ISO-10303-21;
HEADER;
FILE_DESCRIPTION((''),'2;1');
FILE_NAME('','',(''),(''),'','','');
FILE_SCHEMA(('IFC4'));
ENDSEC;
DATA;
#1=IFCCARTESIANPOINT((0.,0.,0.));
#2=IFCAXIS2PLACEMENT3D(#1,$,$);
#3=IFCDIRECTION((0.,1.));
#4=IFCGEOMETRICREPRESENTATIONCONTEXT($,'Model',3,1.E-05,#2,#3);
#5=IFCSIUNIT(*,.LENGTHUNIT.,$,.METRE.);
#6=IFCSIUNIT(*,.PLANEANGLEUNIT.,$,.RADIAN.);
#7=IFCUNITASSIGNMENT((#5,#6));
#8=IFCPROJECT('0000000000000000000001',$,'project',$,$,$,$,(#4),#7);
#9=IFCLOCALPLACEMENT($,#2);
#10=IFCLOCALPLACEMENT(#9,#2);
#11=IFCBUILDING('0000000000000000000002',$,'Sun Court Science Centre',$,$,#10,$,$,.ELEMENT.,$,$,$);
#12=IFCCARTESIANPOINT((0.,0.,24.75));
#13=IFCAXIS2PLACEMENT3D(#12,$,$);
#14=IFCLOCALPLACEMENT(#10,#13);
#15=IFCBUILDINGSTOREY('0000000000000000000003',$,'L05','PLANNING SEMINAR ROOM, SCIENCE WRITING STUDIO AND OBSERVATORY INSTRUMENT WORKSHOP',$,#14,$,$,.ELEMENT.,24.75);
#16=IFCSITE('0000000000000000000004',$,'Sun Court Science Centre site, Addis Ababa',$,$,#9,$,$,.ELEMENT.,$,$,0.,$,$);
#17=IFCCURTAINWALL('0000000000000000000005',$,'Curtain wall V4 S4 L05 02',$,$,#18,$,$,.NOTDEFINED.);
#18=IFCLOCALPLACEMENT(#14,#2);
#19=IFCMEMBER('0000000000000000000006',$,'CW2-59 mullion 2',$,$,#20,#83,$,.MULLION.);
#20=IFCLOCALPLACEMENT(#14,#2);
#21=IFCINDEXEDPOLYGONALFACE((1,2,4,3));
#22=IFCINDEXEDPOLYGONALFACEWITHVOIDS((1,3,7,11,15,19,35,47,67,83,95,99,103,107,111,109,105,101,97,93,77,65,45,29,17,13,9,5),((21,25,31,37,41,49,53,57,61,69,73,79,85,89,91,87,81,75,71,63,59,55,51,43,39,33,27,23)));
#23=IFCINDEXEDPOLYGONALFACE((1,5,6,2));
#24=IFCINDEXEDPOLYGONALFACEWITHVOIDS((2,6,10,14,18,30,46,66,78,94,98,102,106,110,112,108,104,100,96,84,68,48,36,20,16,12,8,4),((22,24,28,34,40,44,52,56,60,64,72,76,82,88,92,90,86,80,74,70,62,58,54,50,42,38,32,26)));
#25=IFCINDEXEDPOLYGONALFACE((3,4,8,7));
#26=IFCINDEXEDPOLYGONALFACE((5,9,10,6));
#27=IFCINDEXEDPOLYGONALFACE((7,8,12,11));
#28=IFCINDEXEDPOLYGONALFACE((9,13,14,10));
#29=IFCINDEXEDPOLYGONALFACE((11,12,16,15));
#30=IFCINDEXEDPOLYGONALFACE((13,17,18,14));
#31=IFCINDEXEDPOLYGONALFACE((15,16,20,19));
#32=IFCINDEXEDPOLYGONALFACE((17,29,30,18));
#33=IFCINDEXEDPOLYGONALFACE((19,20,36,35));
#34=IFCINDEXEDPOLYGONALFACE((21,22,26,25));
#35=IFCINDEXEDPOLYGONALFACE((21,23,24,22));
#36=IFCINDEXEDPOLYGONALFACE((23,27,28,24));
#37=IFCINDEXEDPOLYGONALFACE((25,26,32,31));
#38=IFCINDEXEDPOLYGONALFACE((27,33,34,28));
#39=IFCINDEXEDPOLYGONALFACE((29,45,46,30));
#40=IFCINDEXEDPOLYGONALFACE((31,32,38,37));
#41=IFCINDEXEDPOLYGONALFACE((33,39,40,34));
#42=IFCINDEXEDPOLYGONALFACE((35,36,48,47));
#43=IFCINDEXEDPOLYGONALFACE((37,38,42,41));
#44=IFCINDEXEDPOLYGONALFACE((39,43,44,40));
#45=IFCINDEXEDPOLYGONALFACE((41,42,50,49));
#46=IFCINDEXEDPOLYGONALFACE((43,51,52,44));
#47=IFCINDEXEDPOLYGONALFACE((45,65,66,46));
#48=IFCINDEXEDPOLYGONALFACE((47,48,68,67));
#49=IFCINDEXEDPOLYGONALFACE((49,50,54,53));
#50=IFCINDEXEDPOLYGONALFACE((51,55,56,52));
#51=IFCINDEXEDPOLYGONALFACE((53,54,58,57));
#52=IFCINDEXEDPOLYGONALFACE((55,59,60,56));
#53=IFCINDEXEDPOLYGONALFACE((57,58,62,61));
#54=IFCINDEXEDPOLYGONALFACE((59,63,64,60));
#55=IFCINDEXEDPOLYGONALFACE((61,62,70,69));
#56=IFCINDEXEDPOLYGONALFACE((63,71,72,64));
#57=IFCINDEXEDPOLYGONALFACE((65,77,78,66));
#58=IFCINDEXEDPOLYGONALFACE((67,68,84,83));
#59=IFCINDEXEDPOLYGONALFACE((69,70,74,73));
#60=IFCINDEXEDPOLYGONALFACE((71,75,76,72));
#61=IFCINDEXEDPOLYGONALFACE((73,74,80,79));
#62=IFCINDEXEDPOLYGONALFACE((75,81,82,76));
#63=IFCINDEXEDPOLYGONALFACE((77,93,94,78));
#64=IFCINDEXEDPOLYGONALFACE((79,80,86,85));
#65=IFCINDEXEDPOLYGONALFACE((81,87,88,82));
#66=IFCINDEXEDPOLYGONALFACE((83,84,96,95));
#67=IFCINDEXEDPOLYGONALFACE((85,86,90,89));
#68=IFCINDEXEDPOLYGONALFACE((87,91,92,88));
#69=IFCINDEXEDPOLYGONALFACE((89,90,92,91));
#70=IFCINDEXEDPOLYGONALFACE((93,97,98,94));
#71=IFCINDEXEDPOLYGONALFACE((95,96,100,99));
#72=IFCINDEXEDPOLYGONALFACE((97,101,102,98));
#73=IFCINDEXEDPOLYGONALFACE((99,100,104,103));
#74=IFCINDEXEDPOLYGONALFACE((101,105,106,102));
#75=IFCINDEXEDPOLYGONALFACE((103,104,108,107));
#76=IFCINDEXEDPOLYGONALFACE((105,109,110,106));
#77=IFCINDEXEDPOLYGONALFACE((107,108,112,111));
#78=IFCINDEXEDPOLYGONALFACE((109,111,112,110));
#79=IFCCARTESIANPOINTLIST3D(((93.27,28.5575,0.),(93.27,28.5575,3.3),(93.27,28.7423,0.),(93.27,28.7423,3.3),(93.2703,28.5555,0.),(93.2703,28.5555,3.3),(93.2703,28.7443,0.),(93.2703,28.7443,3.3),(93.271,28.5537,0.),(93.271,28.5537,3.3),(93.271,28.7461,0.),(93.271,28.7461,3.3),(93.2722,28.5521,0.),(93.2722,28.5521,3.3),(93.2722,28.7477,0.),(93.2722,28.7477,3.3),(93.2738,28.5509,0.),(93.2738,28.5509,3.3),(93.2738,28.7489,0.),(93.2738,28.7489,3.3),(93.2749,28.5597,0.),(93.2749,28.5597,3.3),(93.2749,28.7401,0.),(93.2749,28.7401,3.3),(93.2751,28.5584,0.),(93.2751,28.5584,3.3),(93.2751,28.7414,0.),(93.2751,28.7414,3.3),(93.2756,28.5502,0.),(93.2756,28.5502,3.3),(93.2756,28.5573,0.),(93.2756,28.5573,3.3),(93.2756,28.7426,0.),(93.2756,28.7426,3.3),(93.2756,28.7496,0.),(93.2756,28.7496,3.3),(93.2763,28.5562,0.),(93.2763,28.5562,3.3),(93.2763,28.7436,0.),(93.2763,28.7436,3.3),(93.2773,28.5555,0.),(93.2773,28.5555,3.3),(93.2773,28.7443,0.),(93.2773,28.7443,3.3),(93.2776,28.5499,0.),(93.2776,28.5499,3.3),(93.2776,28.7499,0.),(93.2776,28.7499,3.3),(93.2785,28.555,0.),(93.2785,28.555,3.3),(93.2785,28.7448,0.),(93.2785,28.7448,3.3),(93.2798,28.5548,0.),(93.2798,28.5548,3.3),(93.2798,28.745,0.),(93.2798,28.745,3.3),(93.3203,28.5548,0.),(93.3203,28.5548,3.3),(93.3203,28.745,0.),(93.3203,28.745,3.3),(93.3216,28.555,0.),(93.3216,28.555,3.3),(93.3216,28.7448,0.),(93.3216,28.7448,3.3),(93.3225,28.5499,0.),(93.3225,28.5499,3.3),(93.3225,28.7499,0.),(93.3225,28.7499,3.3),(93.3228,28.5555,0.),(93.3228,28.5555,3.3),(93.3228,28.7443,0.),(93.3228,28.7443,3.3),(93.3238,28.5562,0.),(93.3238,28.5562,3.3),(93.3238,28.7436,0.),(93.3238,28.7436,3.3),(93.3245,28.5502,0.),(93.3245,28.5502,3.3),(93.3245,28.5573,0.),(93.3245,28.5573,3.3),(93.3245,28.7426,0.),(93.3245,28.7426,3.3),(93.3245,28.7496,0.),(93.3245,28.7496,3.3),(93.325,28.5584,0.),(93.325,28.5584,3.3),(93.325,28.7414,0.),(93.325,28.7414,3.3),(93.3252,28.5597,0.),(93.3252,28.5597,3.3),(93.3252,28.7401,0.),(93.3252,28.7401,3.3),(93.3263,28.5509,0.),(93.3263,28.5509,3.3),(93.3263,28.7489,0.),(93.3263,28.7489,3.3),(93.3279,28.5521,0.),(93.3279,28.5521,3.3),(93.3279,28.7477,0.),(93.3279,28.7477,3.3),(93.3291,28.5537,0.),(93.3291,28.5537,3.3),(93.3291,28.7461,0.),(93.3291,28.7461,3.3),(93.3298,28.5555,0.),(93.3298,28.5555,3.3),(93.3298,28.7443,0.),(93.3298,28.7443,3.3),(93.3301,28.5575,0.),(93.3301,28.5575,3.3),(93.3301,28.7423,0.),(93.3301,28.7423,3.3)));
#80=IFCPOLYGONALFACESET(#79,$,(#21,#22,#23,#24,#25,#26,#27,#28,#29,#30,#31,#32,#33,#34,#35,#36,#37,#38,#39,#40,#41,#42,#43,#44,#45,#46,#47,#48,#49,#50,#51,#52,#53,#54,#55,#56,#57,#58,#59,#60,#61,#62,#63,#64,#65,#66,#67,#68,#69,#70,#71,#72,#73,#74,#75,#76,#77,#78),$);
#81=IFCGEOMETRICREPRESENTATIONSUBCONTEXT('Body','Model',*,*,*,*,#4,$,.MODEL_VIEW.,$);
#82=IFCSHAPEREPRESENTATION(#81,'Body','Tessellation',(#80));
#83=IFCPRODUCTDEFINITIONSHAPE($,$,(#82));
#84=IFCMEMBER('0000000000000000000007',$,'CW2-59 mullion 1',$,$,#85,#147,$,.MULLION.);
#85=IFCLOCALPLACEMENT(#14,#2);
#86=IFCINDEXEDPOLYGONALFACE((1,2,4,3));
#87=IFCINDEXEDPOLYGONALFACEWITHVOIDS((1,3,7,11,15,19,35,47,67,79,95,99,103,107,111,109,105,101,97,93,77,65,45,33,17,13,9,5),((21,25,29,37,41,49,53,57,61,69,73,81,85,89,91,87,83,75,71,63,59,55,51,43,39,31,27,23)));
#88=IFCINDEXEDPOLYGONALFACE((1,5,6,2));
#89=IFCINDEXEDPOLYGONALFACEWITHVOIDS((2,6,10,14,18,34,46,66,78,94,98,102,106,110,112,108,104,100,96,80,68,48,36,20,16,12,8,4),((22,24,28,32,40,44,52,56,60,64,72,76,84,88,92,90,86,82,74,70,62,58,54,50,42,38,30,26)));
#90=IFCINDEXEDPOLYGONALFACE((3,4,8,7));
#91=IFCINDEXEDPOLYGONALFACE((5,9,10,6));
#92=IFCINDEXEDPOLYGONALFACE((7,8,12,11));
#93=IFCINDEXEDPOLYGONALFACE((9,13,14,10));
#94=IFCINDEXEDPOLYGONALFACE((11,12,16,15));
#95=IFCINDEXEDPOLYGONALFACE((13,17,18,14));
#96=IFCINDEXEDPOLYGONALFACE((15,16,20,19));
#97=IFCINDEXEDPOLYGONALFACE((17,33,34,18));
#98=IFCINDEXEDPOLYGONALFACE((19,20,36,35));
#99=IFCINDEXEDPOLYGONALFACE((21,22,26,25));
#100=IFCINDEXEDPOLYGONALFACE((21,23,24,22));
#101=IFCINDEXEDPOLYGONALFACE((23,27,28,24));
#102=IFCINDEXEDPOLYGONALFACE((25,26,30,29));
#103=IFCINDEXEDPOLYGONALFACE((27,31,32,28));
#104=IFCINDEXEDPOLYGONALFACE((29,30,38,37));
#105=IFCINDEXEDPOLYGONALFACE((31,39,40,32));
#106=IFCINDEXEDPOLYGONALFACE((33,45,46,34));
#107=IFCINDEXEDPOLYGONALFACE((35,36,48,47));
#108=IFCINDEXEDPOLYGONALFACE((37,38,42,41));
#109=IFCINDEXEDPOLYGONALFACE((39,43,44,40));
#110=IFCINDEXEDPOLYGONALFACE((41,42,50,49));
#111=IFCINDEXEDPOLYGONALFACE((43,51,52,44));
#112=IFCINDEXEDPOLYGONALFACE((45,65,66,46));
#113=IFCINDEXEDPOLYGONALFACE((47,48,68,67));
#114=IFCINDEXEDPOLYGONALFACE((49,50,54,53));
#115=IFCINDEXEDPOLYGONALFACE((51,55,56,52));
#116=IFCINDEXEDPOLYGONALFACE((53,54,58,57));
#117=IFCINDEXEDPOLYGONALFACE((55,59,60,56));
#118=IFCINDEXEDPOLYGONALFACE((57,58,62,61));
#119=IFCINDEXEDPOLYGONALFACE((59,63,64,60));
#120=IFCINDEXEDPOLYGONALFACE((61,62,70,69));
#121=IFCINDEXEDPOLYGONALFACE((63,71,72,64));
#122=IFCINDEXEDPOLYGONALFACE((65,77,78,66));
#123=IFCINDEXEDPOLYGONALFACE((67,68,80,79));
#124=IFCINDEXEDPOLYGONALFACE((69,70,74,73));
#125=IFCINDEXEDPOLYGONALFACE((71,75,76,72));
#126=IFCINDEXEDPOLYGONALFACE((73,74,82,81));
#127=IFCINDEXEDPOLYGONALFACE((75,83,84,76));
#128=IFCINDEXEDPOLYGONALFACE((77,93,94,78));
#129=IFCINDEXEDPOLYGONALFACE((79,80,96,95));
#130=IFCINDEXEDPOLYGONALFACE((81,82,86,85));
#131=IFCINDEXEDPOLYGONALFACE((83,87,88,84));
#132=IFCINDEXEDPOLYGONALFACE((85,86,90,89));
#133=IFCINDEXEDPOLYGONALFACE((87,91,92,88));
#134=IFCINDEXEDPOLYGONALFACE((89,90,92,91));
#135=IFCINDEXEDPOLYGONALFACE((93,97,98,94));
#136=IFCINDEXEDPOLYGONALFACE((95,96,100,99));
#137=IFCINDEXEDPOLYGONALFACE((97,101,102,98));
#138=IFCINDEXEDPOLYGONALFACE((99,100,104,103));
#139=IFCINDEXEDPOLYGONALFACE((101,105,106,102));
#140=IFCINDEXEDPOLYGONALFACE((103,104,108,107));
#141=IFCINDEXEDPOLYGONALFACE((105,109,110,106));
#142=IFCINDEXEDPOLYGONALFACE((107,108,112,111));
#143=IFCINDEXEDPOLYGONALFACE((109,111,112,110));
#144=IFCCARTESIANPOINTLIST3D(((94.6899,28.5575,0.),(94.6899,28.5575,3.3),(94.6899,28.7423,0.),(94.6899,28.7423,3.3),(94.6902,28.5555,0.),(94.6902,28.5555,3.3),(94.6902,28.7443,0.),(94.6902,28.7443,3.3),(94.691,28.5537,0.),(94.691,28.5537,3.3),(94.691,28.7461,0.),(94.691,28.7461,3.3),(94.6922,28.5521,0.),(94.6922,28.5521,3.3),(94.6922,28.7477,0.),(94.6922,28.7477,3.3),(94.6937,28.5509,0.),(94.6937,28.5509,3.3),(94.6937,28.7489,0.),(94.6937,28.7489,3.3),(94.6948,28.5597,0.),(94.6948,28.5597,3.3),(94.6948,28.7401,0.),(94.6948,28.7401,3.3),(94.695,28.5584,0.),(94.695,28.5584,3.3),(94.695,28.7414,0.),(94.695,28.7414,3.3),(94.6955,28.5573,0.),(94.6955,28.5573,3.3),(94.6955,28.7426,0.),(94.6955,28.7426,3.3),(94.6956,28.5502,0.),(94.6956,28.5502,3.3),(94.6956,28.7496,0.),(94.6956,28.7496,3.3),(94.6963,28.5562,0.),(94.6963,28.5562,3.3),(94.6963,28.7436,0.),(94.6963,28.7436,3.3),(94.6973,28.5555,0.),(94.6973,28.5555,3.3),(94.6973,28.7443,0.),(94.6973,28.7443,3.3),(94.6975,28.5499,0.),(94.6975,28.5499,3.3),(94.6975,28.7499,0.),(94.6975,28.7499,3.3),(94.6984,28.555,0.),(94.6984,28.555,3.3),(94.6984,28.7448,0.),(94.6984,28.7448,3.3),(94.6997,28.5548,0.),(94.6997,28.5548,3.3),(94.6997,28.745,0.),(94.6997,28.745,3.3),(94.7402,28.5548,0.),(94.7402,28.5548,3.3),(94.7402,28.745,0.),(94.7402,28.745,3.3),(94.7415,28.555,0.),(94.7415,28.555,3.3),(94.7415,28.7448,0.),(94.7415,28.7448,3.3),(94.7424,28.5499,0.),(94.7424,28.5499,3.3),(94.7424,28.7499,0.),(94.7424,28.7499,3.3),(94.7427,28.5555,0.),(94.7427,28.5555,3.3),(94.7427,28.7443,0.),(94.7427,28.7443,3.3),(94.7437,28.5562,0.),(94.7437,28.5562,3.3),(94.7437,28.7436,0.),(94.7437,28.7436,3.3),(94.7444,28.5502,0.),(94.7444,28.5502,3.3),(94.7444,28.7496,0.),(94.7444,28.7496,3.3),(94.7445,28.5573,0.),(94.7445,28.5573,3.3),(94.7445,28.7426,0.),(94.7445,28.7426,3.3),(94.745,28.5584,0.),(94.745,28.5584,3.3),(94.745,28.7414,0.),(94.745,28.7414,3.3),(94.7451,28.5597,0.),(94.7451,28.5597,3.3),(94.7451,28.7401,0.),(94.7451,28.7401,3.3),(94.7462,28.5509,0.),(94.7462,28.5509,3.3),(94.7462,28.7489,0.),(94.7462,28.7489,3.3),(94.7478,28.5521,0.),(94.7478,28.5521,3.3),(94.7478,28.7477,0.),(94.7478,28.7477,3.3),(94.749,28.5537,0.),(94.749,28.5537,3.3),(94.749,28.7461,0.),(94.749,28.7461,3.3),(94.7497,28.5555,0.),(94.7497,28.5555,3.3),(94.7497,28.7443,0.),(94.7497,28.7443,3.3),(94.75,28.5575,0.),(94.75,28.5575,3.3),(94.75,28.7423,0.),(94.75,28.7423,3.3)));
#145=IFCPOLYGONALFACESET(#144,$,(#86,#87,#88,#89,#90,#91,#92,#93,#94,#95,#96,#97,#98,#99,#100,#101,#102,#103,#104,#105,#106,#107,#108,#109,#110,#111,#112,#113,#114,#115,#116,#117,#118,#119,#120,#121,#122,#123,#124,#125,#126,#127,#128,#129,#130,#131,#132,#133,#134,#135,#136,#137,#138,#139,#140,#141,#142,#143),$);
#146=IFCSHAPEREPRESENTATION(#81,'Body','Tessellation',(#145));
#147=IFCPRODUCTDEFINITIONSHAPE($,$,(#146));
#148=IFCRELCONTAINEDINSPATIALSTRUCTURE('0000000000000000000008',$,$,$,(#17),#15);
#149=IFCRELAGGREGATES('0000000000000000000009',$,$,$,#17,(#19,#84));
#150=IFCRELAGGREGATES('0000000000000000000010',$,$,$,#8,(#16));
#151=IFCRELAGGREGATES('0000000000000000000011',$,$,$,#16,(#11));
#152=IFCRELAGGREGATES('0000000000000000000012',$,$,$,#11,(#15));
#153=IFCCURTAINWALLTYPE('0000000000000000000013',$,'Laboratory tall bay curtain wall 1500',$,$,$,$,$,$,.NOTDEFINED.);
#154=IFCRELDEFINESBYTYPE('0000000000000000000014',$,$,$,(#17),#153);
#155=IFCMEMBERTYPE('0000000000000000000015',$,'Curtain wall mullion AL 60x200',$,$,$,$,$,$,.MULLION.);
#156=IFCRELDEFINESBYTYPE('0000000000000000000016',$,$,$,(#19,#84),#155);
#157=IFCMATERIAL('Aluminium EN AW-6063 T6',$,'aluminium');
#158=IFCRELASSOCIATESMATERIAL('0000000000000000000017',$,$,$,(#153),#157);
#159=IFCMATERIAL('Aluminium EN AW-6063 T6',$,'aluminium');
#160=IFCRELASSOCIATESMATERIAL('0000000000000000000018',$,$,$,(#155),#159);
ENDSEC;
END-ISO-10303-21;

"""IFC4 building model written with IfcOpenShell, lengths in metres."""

from ifc_helpers import new_model, si_unit, direction, frame, origin, origin_2d, place, context, subcontext, project, spatial, hollow_rectangle, extrude, material, material_profile, profile_set, type_object, element, aggregate, save


model = new_model("IFC4")

# Units and contexts
model_context = context("Model", 3, precision=1e-05, world=origin(), true_north=direction((0.0, 1.0)))
body_context = subcontext(model_context, "Body", "Model", "MODEL_VIEW")
ifc_project = project(units=[si_unit("LENGTHUNIT", "METRE"), si_unit("PLANEANGLEUNIT", "RADIAN")], contexts=[model_context])

# Site, building, storey
site_placement = place(None, origin())
site = spatial("IfcSite", under=ifc_project, at=site_placement, Name="Sun Court Science Centre site, Addis Ababa", CompositionType="ELEMENT", RefElevation=0.0)
building_placement = place(site_placement, origin())
building = spatial("IfcBuilding", under=site, at=building_placement, Name="Sun Court Science Centre", CompositionType="ELEMENT")
storey_placement = place(building_placement, frame((0.0, 0.0, 24.75)))
storey = spatial("IfcBuildingStorey", under=building, at=storey_placement, Name="L05", Description="PLANNING SEMINAR ROOM, SCIENCE WRITING STUDIO AND OBSERVATORY INSTRUMENT WORKSHOP", CompositionType="ELEMENT", Elevation=24.75)

# Curtain wall, members
ifc_material_1 = material(Name="Aluminium EN AW-6063 T6", Category="aluminium")
curtain_wall_type = type_object("IfcCurtainWallType", Name="Laboratory tall bay curtain wall 1500", PredefinedType="NOTDEFINED", material=ifc_material_1)
ifc_material_2 = material(Name="Aluminium EN AW-6063 T6", Category="aluminium")
ifc_material_profile_1 = material_profile(ifc_material_2, hollow_rectangle(XDim=0.0601, YDim=0.2, WallThickness=0.0049, InnerFilletRadius=0.0049, OuterFilletRadius=0.0076, at=origin_2d()), Name="AL 60x200x5")
ifc_profile_set_1 = profile_set([ifc_material_profile_1], Name="Aluminium EN AW-6063 T6")
member_type_1 = type_object("IfcMemberType", Name="Curtain wall mullion AL 60x200", PredefinedType="MULLION", material=ifc_profile_set_1)
curtain_wall_1_placement = place(storey_placement, origin())
curtain_wall_1 = element("IfcCurtainWall", 1, at=curtain_wall_1_placement, inside=storey, type_object=curtain_wall_type, Name="Curtain wall V4 S4 L05 02", PredefinedType="NOTDEFINED")
member_1_placement = place(storey_placement, frame((93.3, 28.6499, 0.0), z_axis=(0.0, 0.0, 1.0), x_axis=(-1.0, 0.0, 0.0)))
member_1 = element("IfcMember", 2, at=member_1_placement, type_object=member_type_1, Name="CW2-59 mullion 2", PredefinedType="MULLION", context=body_context, shape_type="SweptSolid", body=[
    extrude(hollow_rectangle(XDim=0.0601, YDim=0.2, WallThickness=0.0049, InnerFilletRadius=0.0049, OuterFilletRadius=0.0076, at=origin_2d()), origin(), (0.0, 0.0, 1.0), 3.3),
])
member_2_placement = place(storey_placement, frame((94.72, 28.6499, 0.0), z_axis=(0.0, 0.0, 1.0), x_axis=(-1.0, 0.0, 0.0)))
member_2 = element("IfcMember", 3, at=member_2_placement, type_object=member_type_1, Name="CW2-59 mullion 1", PredefinedType="MULLION", context=body_context, shape_type="SweptSolid", body=[
    extrude(hollow_rectangle(XDim=0.0601, YDim=0.2, WallThickness=0.0049, InnerFilletRadius=0.0049, OuterFilletRadius=0.0076, at=origin_2d()), origin(), (0.0, 0.0, 1.0), 3.3),
])

aggregate(curtain_wall_1, [member_1, member_2])

save(model, "model.ifc")
